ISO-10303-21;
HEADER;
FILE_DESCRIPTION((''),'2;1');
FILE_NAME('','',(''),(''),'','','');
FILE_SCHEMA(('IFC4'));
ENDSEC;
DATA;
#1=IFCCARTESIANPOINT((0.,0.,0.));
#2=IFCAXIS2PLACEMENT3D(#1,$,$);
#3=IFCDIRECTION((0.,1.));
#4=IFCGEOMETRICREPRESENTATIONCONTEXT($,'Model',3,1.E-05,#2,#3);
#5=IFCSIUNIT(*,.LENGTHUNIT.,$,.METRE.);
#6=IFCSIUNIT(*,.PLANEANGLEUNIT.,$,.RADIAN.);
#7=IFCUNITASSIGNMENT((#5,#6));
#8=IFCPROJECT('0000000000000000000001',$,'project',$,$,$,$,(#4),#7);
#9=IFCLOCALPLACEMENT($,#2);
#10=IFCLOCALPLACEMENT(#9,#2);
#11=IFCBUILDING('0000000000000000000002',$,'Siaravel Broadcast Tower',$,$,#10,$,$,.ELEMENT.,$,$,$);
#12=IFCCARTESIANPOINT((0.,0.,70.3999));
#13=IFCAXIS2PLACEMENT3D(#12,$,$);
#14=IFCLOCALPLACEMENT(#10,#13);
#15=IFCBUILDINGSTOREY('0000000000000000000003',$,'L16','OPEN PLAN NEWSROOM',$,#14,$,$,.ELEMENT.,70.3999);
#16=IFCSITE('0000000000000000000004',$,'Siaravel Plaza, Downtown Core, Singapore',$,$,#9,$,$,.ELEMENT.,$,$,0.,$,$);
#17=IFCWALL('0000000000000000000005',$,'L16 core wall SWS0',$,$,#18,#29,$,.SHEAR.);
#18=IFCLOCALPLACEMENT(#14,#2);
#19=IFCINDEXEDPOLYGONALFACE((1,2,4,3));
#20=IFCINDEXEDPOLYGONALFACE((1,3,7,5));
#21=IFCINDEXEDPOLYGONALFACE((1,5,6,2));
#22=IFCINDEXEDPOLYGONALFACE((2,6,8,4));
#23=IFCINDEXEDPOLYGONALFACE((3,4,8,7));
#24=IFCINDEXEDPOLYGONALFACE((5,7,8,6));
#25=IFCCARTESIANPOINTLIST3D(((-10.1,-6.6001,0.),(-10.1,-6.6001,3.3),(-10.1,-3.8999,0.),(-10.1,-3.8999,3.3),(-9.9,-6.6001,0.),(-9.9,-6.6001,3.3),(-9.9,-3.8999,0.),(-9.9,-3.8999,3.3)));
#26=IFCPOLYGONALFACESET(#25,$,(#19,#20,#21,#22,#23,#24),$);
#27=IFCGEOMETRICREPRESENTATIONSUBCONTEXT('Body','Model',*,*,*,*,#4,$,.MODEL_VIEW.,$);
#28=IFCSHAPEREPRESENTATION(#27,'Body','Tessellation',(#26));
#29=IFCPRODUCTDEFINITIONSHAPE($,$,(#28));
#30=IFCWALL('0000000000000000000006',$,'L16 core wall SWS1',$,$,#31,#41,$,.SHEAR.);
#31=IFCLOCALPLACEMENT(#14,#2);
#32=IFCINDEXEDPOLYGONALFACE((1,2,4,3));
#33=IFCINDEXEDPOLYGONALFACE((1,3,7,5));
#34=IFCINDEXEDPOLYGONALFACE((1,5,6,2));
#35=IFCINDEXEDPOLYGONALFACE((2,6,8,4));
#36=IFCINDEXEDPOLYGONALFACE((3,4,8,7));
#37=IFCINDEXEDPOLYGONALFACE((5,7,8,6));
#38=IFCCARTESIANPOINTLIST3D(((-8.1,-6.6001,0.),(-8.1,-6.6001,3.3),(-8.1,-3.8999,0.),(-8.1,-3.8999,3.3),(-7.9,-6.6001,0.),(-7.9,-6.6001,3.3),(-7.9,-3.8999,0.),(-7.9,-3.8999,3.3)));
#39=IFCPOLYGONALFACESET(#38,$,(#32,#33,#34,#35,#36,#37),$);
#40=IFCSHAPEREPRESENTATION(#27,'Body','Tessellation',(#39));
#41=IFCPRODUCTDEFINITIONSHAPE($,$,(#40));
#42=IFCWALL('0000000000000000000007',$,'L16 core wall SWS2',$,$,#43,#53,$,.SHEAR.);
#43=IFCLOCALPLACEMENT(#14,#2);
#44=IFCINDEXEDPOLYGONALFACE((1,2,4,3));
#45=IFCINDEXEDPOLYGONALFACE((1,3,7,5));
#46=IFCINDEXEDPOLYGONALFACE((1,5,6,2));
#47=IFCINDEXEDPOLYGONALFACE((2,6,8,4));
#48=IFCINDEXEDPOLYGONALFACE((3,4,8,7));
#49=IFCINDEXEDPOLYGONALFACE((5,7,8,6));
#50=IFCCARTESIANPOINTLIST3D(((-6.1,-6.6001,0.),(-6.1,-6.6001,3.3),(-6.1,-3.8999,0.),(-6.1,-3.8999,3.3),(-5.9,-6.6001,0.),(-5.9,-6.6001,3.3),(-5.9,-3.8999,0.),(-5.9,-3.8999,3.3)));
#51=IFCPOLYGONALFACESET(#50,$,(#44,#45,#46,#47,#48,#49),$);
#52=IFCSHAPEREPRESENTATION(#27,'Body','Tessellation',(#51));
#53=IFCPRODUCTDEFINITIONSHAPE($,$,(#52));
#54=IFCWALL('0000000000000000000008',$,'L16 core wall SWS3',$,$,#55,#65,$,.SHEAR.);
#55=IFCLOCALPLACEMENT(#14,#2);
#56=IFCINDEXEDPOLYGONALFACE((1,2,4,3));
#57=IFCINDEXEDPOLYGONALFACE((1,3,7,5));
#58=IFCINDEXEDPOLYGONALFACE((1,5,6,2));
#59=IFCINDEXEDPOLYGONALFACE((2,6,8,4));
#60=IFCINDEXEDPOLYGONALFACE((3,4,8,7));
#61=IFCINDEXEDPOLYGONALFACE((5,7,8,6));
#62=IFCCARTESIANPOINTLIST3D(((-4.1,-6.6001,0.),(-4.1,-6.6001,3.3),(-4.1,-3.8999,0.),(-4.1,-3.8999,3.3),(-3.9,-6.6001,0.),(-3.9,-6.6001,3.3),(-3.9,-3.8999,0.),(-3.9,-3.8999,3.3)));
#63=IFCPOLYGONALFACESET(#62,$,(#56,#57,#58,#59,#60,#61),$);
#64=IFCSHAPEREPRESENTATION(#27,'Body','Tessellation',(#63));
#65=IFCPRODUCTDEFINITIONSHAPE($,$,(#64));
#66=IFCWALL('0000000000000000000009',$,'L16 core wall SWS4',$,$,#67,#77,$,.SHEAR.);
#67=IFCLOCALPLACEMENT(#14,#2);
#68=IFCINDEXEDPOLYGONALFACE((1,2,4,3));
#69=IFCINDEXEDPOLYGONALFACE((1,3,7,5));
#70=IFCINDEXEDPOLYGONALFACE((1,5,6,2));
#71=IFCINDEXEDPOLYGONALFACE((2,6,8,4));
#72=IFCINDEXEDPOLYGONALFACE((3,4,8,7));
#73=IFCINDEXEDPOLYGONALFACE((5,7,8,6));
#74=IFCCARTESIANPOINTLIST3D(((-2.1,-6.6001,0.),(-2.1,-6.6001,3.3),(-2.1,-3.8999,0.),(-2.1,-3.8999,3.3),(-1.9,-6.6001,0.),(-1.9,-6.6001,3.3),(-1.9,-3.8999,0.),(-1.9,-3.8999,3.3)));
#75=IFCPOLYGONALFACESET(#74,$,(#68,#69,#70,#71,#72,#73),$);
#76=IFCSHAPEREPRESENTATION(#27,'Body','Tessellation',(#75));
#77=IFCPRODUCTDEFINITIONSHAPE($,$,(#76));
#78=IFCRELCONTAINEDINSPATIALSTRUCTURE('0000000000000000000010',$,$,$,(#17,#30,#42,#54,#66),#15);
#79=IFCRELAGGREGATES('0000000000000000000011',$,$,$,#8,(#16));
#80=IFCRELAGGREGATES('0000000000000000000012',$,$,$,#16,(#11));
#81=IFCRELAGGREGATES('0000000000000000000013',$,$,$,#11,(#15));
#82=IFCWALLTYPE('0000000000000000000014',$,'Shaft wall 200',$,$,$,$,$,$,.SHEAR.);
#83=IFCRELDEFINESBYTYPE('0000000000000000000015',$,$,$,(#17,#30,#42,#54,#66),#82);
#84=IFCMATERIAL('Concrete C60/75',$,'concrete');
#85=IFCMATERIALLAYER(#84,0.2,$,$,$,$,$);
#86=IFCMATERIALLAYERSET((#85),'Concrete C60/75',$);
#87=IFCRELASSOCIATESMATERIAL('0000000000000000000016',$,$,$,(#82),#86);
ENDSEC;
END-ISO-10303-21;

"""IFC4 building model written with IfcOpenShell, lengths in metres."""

from ifc_helpers import new_model, si_unit, direction, frame, frame_2d, origin, place, context, subcontext, project, spatial, rectangle, extrude, material, layer, layer_set, type_object, element, save


model = new_model("IFC4")

# Units and contexts
model_context = context("Model", 3, precision=1e-05, world=origin(), true_north=direction((0.0, 1.0)))
body_context = subcontext(model_context, "Body", "Model", "MODEL_VIEW")
ifc_project = project(units=[si_unit("LENGTHUNIT", "METRE"), si_unit("PLANEANGLEUNIT", "RADIAN")], contexts=[model_context])

# Site, building, storey
site_placement = place(None, origin())
site = spatial("IfcSite", under=ifc_project, at=site_placement, Name="Siaravel Plaza, Downtown Core, Singapore", CompositionType="ELEMENT", RefElevation=0.0)
building_placement = place(site_placement, origin())
building = spatial("IfcBuilding", under=site, at=building_placement, Name="Siaravel Broadcast Tower", CompositionType="ELEMENT")
storey_placement = place(building_placement, frame((0.0, 0.0, 70.3999)))
storey = spatial("IfcBuildingStorey", under=building, at=storey_placement, Name="L16", Description="OPEN PLAN NEWSROOM", CompositionType="ELEMENT", Elevation=70.3999)

# Shared definitions
ifc_material_1 = material(Name="Concrete C60/75", Category="concrete")

# Walls
ifc_layer_1 = layer(ifc_material_1, 0.2)
ifc_layer_set_1 = layer_set([ifc_layer_1], Name="Concrete C60/75")
wall_type_1 = type_object("IfcWallType", Name="Shaft wall 200", PredefinedType="SHEAR", material=ifc_layer_set_1)
for number, where, z_axis, x_axis, name in (
    (1, (-10.0, -6.6001, 0.0), (0.0, 0.0, 1.0), (0.0, 1.0, 0.0), "L16 core wall SWS0"),
    (2, (-8.0, -6.6001, 0.0), (0.0, 0.0, 1.0), (0.0, 1.0, 0.0), "L16 core wall SWS1"),
    (3, (-6.0, -6.6001, 0.0), (0.0, 0.0, 1.0), (0.0, 1.0, 0.0), "L16 core wall SWS2"),
    (4, (-4.0, -6.6001, 0.0), (0.0, 0.0, 1.0), (0.0, 1.0, 0.0), "L16 core wall SWS3"),
    (5, (-2.0, -6.6001, 0.0), (0.0, 0.0, 1.0), (0.0, 1.0, 0.0), "L16 core wall SWS4"),
):
    element("IfcWall", number, at=place(storey_placement, frame(where, z_axis=z_axis, x_axis=x_axis)), inside=storey, type_object=wall_type_1, Name=name, PredefinedType="SHEAR", context=body_context, shape_type="SweptSolid", body=[
        extrude(rectangle(XDim=2.7002, YDim=0.2, at=frame_2d((1.3501, 0.0))), origin(), (0.0, 0.0, 1.0), 3.3),
    ])

save(model, "model.ifc")
